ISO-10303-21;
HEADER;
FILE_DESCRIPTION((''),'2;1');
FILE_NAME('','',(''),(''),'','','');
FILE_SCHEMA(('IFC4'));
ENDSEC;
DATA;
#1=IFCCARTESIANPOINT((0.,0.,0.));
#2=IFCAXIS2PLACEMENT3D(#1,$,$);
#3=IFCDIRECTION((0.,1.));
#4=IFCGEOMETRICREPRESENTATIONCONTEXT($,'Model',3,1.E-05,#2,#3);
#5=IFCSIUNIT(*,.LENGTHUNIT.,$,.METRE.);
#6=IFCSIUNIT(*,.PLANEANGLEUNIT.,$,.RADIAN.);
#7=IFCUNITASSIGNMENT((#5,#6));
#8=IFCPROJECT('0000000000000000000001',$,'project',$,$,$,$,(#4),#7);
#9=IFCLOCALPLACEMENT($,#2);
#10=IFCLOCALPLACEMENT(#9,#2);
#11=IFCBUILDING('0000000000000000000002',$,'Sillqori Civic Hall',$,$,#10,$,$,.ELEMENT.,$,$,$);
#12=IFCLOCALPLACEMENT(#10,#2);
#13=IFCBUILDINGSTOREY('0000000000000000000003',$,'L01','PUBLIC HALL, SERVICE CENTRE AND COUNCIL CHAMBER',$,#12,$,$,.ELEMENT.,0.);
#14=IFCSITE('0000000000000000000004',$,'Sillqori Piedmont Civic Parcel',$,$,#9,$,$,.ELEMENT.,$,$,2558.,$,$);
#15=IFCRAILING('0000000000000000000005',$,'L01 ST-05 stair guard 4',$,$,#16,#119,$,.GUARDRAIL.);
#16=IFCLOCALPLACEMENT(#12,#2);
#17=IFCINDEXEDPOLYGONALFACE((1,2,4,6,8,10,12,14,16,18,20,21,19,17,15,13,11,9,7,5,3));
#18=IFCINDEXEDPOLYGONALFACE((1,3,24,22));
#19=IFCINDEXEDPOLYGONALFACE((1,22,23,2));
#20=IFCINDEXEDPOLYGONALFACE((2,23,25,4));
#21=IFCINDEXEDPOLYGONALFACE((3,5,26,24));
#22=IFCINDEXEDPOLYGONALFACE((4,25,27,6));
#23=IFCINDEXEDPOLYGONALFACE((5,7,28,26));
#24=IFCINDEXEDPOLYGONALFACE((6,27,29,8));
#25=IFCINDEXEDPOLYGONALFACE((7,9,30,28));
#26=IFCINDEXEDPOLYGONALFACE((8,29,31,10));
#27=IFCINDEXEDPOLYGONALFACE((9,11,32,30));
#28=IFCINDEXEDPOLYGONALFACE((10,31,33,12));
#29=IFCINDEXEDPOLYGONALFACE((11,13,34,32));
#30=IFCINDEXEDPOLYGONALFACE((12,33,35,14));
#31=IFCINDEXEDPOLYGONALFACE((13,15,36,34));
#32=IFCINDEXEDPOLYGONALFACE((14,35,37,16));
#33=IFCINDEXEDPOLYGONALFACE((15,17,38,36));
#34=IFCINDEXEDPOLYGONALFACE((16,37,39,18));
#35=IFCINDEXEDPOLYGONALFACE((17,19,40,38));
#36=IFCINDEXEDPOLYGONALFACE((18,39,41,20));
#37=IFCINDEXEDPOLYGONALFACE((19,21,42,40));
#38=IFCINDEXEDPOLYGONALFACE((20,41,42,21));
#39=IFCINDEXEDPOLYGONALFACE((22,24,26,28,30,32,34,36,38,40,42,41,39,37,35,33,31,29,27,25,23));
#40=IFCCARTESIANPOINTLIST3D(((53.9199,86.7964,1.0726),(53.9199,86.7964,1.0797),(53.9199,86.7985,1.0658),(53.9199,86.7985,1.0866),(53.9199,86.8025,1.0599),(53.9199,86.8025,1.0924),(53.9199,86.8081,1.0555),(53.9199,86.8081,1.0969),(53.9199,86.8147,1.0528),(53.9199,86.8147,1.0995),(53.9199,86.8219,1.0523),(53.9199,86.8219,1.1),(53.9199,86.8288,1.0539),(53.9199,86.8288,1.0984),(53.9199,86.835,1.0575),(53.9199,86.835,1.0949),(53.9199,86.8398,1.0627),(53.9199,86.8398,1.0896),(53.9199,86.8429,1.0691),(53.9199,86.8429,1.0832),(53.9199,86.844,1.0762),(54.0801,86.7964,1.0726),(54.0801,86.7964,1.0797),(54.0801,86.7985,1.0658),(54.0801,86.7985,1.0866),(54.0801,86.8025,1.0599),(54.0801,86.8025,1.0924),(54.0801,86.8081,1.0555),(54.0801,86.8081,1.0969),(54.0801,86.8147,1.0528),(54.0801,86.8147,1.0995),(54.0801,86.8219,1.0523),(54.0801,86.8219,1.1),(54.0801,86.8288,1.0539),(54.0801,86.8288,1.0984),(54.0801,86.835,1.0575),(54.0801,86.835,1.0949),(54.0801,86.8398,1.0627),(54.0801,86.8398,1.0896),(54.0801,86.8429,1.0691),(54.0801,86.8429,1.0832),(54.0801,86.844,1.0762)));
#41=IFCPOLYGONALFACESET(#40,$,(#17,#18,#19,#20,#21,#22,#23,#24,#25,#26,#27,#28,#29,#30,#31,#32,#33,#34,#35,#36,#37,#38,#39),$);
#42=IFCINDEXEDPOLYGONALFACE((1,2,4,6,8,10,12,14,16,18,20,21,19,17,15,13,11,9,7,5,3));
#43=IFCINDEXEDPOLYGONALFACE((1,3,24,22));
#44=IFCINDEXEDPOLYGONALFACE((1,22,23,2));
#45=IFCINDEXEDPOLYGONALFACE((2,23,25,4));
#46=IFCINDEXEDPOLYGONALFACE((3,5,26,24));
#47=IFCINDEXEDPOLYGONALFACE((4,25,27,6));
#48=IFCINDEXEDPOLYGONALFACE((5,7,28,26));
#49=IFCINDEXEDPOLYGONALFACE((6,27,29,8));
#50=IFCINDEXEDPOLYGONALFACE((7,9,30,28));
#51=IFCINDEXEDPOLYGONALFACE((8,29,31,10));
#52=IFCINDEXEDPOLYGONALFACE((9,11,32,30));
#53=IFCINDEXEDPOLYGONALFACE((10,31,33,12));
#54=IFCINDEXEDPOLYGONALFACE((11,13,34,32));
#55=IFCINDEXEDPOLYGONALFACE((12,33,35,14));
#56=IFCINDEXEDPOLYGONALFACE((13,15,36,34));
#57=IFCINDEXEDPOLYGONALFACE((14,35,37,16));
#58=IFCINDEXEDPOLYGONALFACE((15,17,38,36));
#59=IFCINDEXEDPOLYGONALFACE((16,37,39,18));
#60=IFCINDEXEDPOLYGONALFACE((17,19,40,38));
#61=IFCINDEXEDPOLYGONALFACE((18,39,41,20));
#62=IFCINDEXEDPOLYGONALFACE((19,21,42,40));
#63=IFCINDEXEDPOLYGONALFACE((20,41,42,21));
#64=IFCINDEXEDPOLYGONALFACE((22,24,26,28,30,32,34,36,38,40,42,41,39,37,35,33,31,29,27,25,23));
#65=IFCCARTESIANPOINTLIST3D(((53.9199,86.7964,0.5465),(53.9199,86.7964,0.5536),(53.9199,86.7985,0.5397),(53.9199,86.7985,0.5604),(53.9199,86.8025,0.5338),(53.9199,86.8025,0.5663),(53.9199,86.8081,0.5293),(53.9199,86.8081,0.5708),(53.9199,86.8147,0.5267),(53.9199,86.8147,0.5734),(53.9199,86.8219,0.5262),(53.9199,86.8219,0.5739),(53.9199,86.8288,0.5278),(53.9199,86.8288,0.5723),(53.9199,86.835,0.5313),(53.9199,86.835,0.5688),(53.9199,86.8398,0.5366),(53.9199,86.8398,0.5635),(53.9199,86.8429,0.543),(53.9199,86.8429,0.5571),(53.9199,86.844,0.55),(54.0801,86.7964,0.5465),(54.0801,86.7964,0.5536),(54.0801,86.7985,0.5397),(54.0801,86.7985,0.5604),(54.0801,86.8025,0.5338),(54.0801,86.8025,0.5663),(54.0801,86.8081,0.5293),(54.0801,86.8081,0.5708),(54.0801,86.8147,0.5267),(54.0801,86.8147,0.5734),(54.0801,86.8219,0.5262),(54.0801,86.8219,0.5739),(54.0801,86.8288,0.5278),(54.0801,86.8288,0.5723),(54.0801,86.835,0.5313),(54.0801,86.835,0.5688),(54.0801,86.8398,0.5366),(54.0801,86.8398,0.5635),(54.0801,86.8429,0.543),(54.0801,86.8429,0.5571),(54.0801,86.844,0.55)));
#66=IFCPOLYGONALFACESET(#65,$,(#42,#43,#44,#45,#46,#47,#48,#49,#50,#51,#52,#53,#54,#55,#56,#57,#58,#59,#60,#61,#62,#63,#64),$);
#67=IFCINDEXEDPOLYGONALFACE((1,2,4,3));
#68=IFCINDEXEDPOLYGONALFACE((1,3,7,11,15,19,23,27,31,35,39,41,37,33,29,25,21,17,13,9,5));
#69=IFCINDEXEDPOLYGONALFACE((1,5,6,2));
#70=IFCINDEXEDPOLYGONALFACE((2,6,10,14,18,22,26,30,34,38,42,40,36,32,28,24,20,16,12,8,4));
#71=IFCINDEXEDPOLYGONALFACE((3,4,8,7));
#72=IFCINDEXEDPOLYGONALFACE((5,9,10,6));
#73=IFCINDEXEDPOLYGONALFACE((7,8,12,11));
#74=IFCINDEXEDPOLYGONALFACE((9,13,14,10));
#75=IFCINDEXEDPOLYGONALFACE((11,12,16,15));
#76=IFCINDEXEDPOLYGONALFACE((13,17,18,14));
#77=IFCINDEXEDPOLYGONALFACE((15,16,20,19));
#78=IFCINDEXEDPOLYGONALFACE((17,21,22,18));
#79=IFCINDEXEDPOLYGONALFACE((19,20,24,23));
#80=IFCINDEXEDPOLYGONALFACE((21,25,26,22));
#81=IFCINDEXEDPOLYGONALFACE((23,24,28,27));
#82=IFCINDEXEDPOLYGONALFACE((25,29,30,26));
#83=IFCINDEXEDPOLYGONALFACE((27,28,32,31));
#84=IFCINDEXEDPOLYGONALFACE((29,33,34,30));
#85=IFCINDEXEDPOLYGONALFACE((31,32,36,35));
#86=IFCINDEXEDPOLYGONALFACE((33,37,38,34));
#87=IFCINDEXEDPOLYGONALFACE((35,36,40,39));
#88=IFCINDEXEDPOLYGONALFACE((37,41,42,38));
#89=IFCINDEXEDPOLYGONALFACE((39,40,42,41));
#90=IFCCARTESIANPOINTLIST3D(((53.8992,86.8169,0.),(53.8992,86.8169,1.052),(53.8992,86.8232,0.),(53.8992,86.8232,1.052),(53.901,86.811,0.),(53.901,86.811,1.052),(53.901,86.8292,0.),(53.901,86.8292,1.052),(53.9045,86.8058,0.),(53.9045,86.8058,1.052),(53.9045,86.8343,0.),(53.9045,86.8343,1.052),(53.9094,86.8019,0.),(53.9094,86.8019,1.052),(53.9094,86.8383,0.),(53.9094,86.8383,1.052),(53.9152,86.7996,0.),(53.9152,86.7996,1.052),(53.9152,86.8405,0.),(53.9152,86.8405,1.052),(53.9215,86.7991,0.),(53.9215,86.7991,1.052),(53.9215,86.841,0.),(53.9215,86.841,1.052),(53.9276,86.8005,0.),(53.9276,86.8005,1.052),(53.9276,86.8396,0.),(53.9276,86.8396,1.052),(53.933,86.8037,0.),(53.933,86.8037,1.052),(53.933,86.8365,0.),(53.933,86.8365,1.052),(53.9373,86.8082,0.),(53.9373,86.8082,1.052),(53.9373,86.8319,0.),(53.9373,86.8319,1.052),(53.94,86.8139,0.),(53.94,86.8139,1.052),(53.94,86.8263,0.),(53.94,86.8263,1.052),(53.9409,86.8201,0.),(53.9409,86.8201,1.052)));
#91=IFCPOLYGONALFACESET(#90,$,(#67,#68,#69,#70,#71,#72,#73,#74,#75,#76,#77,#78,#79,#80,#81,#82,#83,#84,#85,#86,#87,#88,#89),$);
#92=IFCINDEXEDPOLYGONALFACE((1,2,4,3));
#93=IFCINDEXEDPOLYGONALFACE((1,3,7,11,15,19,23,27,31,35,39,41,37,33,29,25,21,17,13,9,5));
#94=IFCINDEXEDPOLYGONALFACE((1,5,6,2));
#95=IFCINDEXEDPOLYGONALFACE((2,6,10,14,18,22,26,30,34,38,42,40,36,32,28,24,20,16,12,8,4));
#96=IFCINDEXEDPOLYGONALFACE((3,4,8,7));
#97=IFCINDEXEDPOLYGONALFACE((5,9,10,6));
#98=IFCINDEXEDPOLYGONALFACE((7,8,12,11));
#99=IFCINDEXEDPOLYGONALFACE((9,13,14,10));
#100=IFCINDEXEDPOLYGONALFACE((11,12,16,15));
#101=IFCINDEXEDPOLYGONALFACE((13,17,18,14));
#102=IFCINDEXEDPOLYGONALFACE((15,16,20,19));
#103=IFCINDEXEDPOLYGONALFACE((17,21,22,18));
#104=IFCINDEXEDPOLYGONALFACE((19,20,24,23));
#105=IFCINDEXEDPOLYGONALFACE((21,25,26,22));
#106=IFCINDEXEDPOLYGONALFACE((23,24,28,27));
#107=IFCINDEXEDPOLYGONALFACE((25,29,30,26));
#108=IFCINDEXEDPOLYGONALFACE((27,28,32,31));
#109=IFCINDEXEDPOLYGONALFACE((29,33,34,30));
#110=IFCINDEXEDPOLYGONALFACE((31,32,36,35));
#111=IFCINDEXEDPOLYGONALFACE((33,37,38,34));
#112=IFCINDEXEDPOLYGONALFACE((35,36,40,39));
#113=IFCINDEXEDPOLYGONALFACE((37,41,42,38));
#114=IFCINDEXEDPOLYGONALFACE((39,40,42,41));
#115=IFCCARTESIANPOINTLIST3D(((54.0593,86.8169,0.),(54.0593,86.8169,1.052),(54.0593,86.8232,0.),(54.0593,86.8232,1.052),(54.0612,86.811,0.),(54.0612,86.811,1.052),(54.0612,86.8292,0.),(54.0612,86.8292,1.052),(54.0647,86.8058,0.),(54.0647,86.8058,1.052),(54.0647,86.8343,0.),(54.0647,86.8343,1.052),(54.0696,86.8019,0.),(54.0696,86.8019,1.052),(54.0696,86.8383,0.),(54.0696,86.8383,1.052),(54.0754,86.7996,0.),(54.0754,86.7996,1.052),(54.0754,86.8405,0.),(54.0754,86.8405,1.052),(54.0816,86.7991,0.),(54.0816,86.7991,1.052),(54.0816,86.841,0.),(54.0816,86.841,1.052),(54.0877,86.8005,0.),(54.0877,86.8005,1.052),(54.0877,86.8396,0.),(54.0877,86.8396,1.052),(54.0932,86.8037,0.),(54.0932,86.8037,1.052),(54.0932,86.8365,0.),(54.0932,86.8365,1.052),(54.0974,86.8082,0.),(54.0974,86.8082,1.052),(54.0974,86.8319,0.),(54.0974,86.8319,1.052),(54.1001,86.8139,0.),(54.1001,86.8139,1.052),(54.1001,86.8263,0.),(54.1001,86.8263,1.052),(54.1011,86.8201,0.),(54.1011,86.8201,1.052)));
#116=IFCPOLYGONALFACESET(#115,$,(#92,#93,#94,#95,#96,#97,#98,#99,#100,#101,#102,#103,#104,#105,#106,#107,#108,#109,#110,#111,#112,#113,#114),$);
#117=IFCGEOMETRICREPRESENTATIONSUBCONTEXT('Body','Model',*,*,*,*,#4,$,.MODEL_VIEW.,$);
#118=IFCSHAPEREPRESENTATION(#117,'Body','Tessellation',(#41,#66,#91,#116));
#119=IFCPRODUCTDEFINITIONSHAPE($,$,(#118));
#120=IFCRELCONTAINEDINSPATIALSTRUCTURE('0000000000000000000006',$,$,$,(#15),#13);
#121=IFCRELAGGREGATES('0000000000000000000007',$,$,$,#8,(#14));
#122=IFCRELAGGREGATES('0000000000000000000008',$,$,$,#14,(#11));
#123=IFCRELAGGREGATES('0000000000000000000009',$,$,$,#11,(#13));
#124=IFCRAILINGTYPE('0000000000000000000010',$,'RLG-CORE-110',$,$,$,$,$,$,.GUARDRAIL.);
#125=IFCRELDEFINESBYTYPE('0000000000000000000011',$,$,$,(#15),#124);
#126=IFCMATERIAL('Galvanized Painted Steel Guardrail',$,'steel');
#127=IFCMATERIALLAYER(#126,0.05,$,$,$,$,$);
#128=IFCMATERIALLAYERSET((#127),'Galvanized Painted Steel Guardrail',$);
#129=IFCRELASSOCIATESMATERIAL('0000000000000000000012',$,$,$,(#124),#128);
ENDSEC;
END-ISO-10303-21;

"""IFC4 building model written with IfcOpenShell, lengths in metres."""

from ifc_helpers import new_model, si_unit, direction, frame, origin, origin_2d, place, context, subcontext, project, spatial, circle, extrude, material, layer, layer_set, type_object, element, save


model = new_model("IFC4")

# Units and contexts
model_context = context("Model", 3, precision=1e-05, world=origin(), true_north=direction((0.0, 1.0)))
body_context = subcontext(model_context, "Body", "Model", "MODEL_VIEW")
ifc_project = project(units=[si_unit("LENGTHUNIT", "METRE"), si_unit("PLANEANGLEUNIT", "RADIAN")], contexts=[model_context])

# Site, building, storey
site_placement = place(None, origin())
site = spatial("IfcSite", under=ifc_project, at=site_placement, Name="Sillqori Piedmont Civic Parcel", CompositionType="ELEMENT", RefElevation=2558.0)
building_placement = place(site_placement, origin())
building = spatial("IfcBuilding", under=site, at=building_placement, Name="Sillqori Civic Hall", CompositionType="ELEMENT")
storey_placement = place(building_placement, origin())
storey = spatial("IfcBuildingStorey", under=building, at=storey_placement, Name="L01", Description="PUBLIC HALL, SERVICE CENTRE AND COUNCIL CHAMBER", CompositionType="ELEMENT", Elevation=0.0)

# Railing
ifc_material_1 = material(Name="Galvanized Painted Steel Guardrail", Category="steel")
ifc_layer_1 = layer(ifc_material_1, 0.05)
ifc_layer_set_1 = layer_set([ifc_layer_1], Name="Galvanized Painted Steel Guardrail")
railing_type_1 = type_object("IfcRailingType", Name="RLG-CORE-110", PredefinedType="GUARDRAIL", material=ifc_layer_set_1)
railing_1_placement = place(storey_placement, frame((53.9199, 86.8201, 0.0)))
element("IfcRailing", 1, at=railing_1_placement, inside=storey, type_object=railing_type_1, Name="L01 ST-05 stair guard 4", PredefinedType="GUARDRAIL", context=body_context, shape_type="SweptSolid", body=[
    extrude(circle(Radius=0.0239, at=origin_2d()), frame((0.0, 0.0, 1.0762), z_axis=(1.0, 0.0, 0.0), x_axis=(0.0, 1.0, 0.0)), (0.0, 0.0, 1.0), 0.1602),
    extrude(circle(Radius=0.0239, at=origin_2d()), frame((0.0, 0.0, 0.55), z_axis=(1.0, 0.0, 0.0), x_axis=(0.0, 1.0, 0.0)), (0.0, 0.0, 1.0), 0.1602),
    extrude(circle(Radius=0.021, at=origin_2d()), origin(), (0.0, 0.0, 1.0), 1.052),
    extrude(circle(Radius=0.021, at=origin_2d()), frame((0.1602, 0.0, 0.0)), (0.0, 0.0, 1.0), 1.052),
])

save(model, "model.ifc")
